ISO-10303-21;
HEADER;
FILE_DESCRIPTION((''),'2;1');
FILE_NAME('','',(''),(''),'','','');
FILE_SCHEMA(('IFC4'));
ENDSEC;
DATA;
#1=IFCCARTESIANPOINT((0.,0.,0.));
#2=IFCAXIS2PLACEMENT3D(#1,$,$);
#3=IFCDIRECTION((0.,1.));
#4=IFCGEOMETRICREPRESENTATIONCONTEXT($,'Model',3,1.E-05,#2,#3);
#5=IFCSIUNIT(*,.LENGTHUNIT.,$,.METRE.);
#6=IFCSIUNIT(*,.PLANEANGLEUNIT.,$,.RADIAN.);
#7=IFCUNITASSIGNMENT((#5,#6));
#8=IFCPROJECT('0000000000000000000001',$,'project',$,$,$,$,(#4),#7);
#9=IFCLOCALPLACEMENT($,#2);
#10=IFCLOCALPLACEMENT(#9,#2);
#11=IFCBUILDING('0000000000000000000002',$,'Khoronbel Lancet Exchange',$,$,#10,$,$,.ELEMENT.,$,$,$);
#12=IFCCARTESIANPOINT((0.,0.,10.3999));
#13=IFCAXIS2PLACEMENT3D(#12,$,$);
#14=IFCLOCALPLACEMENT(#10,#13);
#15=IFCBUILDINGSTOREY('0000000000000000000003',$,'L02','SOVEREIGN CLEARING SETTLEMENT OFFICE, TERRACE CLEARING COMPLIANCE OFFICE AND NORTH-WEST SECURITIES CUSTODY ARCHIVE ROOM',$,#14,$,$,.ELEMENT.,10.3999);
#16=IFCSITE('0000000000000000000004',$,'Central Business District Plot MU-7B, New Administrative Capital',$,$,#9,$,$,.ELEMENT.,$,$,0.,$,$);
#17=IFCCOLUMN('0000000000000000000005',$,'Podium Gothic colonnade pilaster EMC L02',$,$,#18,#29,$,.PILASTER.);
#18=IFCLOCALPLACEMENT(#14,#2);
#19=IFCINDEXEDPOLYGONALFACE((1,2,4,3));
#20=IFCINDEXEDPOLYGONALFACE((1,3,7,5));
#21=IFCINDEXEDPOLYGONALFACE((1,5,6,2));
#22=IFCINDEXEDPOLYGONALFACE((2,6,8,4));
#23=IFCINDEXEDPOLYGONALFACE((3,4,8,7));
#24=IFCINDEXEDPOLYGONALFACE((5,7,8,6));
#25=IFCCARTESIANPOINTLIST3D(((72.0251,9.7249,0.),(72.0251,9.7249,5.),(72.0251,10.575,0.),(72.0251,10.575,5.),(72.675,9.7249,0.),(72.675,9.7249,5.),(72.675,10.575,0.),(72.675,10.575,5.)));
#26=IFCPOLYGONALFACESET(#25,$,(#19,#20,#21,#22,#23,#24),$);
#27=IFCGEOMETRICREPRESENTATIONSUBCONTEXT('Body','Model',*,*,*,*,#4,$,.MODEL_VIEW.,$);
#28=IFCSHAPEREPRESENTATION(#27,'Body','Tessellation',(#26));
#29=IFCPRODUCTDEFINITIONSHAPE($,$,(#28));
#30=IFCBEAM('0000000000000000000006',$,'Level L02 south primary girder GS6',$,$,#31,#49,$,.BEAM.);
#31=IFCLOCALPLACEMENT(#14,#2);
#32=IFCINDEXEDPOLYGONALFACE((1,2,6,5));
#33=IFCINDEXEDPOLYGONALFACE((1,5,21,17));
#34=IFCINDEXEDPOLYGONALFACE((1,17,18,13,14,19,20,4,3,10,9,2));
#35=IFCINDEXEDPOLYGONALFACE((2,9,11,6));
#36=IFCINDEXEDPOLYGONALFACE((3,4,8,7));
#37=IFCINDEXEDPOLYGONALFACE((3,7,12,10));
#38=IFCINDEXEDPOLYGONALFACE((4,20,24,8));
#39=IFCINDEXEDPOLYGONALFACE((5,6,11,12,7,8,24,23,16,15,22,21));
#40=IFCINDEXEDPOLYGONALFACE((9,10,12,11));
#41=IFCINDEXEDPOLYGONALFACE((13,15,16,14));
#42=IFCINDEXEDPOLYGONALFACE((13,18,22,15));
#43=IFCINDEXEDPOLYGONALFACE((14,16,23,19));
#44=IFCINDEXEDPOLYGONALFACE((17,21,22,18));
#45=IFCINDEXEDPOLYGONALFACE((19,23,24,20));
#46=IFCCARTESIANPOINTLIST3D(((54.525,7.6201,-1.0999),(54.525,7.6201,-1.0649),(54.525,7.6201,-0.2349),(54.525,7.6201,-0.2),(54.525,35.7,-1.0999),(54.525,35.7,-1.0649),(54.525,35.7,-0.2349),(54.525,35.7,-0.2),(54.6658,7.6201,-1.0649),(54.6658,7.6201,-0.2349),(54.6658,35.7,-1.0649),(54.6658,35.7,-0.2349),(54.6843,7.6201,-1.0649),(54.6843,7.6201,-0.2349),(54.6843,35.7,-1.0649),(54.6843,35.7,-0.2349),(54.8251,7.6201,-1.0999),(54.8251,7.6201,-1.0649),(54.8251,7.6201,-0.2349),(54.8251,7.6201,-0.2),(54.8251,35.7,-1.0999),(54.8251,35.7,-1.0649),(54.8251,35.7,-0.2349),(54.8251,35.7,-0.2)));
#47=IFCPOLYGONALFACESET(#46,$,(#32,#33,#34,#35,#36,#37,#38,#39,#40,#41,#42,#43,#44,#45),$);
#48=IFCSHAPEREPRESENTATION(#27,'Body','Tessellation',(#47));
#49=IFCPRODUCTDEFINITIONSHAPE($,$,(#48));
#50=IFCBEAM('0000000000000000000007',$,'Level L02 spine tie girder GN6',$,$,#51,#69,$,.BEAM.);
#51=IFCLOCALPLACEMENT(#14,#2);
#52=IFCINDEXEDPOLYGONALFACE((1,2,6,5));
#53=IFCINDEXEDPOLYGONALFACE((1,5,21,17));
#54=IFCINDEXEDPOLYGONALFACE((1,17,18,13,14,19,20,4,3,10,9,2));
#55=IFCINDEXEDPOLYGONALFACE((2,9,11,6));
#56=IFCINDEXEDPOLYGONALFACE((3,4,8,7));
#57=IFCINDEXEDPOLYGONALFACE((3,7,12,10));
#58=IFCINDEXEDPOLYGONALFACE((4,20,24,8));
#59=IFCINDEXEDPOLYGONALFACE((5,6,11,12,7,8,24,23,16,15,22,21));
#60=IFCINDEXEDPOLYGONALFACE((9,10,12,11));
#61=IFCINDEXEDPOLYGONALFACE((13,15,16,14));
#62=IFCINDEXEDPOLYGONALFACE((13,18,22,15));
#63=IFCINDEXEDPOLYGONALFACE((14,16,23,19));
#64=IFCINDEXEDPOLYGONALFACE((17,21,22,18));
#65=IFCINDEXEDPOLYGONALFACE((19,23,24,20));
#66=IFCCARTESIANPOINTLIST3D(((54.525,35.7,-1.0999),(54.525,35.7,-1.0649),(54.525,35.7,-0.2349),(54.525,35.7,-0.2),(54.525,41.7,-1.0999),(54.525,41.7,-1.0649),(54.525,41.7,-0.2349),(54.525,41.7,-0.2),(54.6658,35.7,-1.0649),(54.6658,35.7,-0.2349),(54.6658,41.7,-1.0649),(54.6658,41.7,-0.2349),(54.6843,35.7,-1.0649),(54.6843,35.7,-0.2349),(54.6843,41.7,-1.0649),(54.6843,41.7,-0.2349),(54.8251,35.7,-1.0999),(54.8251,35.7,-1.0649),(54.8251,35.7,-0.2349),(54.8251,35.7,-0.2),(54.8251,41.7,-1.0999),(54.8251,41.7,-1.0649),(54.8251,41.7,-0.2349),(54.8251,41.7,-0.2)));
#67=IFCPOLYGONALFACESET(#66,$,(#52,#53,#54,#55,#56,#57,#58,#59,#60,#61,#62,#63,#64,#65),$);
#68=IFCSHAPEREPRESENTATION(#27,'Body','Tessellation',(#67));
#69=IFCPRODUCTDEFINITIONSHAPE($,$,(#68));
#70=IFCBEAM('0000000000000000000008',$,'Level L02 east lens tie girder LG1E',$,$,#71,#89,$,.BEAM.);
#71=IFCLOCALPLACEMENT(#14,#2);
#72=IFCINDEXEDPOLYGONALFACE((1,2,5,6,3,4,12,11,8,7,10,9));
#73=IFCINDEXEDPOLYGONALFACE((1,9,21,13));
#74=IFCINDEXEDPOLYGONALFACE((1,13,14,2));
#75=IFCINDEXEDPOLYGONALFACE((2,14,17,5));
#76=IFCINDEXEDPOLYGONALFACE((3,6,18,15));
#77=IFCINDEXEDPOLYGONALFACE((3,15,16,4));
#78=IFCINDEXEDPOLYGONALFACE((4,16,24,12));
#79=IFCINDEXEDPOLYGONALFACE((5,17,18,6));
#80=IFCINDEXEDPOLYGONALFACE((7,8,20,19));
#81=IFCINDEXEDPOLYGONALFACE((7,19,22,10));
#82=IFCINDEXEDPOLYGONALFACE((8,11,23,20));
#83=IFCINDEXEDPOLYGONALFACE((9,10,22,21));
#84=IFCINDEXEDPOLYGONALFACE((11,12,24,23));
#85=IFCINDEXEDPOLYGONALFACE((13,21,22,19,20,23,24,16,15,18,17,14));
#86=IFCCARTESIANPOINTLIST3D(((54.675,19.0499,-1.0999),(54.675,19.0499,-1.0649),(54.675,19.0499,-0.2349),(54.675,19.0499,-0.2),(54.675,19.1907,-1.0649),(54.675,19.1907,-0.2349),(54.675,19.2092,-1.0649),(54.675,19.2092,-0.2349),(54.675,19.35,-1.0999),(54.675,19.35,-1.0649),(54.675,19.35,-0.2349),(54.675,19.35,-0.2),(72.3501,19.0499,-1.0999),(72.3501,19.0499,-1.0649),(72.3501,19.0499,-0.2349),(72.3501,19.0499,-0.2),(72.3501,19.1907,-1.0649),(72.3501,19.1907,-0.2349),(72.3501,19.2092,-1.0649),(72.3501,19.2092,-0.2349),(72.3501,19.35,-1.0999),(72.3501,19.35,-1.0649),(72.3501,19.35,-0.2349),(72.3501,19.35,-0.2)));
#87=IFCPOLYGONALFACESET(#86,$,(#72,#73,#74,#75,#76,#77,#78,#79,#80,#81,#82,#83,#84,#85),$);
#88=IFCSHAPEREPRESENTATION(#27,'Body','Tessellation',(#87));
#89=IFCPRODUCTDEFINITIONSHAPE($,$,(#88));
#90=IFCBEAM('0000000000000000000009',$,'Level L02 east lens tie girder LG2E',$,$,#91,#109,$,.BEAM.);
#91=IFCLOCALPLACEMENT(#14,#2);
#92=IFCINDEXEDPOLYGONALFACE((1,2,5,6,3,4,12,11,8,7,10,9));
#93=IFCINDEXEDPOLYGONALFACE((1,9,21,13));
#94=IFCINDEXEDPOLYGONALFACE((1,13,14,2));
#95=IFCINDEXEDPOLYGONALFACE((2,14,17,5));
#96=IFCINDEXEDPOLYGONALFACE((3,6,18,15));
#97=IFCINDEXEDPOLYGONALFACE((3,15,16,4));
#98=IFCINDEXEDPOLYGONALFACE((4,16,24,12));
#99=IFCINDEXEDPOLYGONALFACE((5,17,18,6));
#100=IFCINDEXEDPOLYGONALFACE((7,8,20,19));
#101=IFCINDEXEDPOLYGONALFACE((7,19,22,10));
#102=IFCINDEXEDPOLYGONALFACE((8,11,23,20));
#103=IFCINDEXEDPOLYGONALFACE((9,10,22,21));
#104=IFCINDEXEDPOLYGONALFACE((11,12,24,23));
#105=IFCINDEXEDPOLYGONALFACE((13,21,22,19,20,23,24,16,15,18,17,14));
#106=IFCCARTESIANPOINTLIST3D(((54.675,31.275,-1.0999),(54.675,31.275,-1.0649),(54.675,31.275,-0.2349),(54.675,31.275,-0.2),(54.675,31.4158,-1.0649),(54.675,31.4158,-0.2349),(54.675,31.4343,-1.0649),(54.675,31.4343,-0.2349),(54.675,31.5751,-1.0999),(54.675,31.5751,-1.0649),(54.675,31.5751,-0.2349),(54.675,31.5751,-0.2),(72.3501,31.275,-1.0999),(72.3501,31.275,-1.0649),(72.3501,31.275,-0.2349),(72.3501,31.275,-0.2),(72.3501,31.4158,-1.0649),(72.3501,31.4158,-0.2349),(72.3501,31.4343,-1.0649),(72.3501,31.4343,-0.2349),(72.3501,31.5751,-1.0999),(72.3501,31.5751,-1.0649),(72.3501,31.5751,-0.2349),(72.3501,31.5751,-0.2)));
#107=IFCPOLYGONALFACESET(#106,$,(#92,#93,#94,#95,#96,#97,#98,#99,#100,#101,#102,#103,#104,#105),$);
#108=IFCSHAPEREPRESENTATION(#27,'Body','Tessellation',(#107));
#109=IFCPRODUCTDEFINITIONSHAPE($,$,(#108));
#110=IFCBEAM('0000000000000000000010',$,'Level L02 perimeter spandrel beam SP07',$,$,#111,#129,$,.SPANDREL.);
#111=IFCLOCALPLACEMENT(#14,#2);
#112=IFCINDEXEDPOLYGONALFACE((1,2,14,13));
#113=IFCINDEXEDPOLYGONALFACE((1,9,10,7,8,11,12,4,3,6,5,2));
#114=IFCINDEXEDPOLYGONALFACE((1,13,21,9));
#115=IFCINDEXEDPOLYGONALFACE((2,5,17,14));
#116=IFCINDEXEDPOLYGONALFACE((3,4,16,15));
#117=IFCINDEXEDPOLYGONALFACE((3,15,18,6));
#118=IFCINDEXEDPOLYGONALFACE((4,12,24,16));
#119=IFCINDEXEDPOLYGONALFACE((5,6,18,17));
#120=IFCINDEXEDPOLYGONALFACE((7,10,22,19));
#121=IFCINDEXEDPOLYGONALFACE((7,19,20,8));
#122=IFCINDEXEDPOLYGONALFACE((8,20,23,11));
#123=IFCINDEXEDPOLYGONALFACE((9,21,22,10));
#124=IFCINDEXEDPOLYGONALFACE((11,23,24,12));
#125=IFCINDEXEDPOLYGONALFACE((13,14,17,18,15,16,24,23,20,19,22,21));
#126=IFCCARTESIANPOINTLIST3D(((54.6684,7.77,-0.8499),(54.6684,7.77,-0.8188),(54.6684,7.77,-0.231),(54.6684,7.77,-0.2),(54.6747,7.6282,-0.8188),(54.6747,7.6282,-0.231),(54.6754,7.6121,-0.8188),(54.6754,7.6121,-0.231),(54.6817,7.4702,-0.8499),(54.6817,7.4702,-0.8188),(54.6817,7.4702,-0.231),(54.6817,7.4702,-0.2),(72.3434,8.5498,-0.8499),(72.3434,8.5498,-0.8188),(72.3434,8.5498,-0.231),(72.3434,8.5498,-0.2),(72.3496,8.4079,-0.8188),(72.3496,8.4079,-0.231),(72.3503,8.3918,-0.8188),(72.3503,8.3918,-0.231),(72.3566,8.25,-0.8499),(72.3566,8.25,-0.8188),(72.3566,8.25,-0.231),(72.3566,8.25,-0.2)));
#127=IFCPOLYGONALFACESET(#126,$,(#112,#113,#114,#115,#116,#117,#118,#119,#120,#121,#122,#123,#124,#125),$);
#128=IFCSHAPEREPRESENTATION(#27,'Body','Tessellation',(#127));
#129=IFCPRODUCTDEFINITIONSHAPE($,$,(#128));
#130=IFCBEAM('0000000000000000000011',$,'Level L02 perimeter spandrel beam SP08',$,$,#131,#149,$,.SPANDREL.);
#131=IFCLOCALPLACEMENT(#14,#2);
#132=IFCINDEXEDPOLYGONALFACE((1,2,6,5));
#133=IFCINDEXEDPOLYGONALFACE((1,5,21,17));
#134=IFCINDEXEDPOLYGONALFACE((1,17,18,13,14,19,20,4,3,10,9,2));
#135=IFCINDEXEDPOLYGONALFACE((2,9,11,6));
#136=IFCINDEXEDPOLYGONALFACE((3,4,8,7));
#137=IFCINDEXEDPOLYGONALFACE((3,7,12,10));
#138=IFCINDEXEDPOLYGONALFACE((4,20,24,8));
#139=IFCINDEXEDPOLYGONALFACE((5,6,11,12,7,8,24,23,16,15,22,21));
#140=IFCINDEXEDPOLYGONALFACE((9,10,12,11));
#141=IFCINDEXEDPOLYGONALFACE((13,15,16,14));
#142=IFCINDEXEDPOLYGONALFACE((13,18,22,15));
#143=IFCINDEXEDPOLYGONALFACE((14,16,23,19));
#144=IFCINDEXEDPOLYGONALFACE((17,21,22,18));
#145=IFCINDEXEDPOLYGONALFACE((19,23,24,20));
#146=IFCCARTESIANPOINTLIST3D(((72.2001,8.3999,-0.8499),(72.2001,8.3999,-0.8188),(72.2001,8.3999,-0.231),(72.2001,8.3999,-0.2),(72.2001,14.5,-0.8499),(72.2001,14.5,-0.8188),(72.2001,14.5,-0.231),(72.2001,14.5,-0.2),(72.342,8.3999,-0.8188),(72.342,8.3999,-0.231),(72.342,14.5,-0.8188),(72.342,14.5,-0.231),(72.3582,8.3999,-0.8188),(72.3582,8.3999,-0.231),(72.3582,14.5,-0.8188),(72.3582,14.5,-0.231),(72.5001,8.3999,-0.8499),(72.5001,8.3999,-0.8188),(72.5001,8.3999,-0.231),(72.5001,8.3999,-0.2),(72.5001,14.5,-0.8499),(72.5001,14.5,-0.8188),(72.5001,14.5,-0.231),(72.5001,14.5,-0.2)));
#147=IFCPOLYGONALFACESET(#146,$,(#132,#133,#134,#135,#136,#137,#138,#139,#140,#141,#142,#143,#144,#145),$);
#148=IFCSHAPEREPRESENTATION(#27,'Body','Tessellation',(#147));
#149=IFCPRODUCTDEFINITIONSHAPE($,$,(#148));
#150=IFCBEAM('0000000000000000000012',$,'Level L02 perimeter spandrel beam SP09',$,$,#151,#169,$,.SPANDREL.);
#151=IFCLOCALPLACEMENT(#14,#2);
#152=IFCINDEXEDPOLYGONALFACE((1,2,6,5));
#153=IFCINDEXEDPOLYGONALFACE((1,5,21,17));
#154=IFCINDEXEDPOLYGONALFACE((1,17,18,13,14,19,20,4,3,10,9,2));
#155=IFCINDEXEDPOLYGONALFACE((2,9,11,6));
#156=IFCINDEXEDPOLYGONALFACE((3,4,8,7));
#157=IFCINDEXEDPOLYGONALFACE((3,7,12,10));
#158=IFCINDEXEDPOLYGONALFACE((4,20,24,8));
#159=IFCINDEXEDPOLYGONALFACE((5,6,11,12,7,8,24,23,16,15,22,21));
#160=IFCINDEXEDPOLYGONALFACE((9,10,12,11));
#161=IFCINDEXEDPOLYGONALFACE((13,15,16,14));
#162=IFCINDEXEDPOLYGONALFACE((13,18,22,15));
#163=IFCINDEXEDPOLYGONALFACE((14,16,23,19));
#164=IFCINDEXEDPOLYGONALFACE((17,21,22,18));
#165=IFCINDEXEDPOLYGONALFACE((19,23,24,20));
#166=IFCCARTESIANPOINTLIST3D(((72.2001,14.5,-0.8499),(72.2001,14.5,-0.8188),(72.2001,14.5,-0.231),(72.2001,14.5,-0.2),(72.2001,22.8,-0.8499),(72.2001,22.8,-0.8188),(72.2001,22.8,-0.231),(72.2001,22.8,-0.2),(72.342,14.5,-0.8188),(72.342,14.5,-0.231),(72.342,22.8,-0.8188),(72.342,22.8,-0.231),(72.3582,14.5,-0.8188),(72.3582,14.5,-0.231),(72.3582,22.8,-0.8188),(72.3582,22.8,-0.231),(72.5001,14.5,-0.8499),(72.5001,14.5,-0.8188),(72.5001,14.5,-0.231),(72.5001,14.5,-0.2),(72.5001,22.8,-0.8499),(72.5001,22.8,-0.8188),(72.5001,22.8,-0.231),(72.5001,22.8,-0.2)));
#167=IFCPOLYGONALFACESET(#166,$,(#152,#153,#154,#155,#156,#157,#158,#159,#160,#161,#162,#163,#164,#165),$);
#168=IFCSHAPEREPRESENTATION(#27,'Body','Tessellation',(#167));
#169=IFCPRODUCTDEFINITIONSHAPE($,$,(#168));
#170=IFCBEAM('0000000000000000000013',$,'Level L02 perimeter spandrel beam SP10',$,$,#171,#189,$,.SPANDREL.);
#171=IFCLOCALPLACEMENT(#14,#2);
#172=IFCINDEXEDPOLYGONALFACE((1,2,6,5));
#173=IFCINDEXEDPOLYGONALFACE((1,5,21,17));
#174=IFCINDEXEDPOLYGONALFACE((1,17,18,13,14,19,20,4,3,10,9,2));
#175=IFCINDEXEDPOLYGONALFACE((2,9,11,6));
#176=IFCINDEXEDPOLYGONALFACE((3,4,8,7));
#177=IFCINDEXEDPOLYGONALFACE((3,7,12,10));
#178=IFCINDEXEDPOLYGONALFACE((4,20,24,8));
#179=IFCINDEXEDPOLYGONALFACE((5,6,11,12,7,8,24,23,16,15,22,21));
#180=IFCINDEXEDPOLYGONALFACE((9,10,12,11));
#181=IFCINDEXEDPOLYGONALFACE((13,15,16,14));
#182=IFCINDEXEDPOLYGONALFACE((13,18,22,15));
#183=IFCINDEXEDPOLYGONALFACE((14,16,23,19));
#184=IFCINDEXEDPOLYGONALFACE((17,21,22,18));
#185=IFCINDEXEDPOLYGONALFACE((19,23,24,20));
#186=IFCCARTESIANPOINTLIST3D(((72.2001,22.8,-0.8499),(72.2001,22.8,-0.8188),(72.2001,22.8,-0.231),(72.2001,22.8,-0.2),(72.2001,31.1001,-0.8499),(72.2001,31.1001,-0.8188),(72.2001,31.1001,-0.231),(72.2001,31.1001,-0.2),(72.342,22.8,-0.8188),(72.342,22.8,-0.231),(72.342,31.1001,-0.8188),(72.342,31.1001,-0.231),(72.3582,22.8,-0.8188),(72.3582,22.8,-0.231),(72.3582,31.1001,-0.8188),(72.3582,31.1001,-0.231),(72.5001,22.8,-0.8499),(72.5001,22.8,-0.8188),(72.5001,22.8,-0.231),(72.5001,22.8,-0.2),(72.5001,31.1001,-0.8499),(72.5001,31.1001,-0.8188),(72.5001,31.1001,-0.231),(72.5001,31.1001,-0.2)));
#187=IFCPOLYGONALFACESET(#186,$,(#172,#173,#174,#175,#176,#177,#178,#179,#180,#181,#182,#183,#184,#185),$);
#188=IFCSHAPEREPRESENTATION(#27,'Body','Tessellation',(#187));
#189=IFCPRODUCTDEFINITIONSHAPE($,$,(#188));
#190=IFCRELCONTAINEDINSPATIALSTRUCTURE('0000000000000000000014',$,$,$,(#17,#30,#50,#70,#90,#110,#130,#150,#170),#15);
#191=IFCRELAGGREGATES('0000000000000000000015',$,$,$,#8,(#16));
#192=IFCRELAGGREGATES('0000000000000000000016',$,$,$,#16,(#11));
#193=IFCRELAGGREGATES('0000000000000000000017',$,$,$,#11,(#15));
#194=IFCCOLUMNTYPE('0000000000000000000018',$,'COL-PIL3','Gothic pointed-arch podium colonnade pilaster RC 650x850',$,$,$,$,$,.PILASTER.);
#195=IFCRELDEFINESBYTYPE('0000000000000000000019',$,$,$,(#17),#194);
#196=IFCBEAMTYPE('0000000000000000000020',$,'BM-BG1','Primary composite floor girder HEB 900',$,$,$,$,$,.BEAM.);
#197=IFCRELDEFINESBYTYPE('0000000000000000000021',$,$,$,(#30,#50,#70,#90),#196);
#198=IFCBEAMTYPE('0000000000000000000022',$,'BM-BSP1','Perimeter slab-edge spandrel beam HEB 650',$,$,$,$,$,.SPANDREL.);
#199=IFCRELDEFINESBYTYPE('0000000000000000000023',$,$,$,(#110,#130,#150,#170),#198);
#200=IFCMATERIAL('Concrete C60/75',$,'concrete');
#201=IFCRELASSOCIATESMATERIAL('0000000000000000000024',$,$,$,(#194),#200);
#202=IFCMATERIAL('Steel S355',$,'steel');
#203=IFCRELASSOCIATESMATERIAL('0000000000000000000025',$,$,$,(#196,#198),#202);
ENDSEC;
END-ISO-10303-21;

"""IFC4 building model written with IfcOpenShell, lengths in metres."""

from ifc_helpers import new_model, si_unit, direction, frame, origin, origin_2d, place, context, subcontext, project, spatial, rectangle, i_section, extrude, material, material_profile, profile_set, type_object, element, save


model = new_model("IFC4")

# Units and contexts
model_context = context("Model", 3, precision=1e-05, world=origin(), true_north=direction((0.0, 1.0)))
body_context = subcontext(model_context, "Body", "Model", "MODEL_VIEW")
ifc_project = project(units=[si_unit("LENGTHUNIT", "METRE"), si_unit("PLANEANGLEUNIT", "RADIAN")], contexts=[model_context])

# Site, building, storey
site_placement = place(None, origin())
site = spatial("IfcSite", under=ifc_project, at=site_placement, Name="Central Business District Plot MU-7B, New Administrative Capital", CompositionType="ELEMENT", RefElevation=0.0)
building_placement = place(site_placement, origin())
building = spatial("IfcBuilding", under=site, at=building_placement, Name="Khoronbel Lancet Exchange", CompositionType="ELEMENT")
storey_placement = place(building_placement, frame((0.0, 0.0, 10.3999)))
storey = spatial("IfcBuildingStorey", under=building, at=storey_placement, Name="L02", Description="SOVEREIGN CLEARING SETTLEMENT OFFICE, TERRACE CLEARING COMPLIANCE OFFICE AND NORTH-WEST SECURITIES CUSTODY ARCHIVE ROOM", CompositionType="ELEMENT", Elevation=10.3999)

# Column
ifc_material_1 = material(Name="Steel S355", Category="steel")
ifc_material_2 = material(Name="Concrete C60/75", Category="concrete")
ifc_material_profile_1 = material_profile(ifc_material_2, rectangle(XDim=0.6499, YDim=0.8501, at=origin_2d()), Name="RC 650x850")
ifc_profile_set_1 = profile_set([ifc_material_profile_1], Name="Concrete C60/75")
column_type_1 = type_object("IfcColumnType", Name="COL-PIL3", Description="Gothic pointed-arch podium colonnade pilaster RC 650x850", PredefinedType="PILASTER", material=ifc_profile_set_1)
column_1_placement = place(storey_placement, frame((72.3501, 10.1499, 0.0), z_axis=(0.0, 0.0, 1.0), x_axis=(1.0, 0.0, 0.0)))
element("IfcColumn", 1, at=column_1_placement, inside=storey, type_object=column_type_1, Name="Podium Gothic colonnade pilaster EMC L02", PredefinedType="PILASTER", context=body_context, shape_type="SweptSolid", body=[
    extrude(rectangle(XDim=0.6499, YDim=0.8501, at=origin_2d()), origin(), (0.0, 0.0, 1.0), 5.0),
])

# Beams
ifc_material_profile_2 = material_profile(ifc_material_1, i_section(OverallWidth=0.3, OverallDepth=0.8999, WebThickness=0.0186, FlangeThickness=0.0349, at=origin_2d()), Name="HEB 900")
ifc_profile_set_2 = profile_set([ifc_material_profile_2], Name="Steel S355")
beam_type_1 = type_object("IfcBeamType", Name="BM-BG1", Description="Primary composite floor girder HEB 900", PredefinedType="BEAM", material=ifc_profile_set_2)
beam_1_placement = place(storey_placement, frame((54.675, 7.6201, -0.6499), z_axis=(0.0, 1.0, 0.0), x_axis=(-1.0, 0.0, 0.0)))
element("IfcBeam", 2, at=beam_1_placement, inside=storey, type_object=beam_type_1, Name="Level L02 south primary girder GS6", PredefinedType="BEAM", context=body_context, shape_type="SweptSolid", body=[
    extrude(i_section(OverallWidth=0.3, OverallDepth=0.8999, WebThickness=0.0186, FlangeThickness=0.0349, at=origin_2d()), origin(), (0.0, 0.0, 1.0), 28.0798),
])
beam_2_placement = place(storey_placement, frame((54.675, 35.7, -0.6499), z_axis=(0.0, 1.0, 0.0), x_axis=(-1.0, 0.0, 0.0)))
element("IfcBeam", 3, at=beam_2_placement, inside=storey, type_object=beam_type_1, Name="Level L02 spine tie girder GN6", PredefinedType="BEAM", context=body_context, shape_type="SweptSolid", body=[
    extrude(i_section(OverallWidth=0.3, OverallDepth=0.8999, WebThickness=0.0186, FlangeThickness=0.0349, at=origin_2d()), origin(), (0.0, 0.0, 1.0), 6.0),
])
for number, where, z_axis, x_axis, name in (
    (4, (54.675, 19.2, -0.6499), (1.0, 0.0, 0.0), (0.0, 1.0, 0.0), "Level L02 east lens tie girder LG1E"),
    (5, (54.675, 31.425, -0.6499), (1.0, 0.0, 0.0), (0.0, 1.0, 0.0), "Level L02 east lens tie girder LG2E"),
):
    element("IfcBeam", number, at=place(storey_placement, frame(where, z_axis=z_axis, x_axis=x_axis)), inside=storey, type_object=beam_type_1, Name=name, PredefinedType="BEAM", context=body_context, shape_type="SweptSolid", body=[
        extrude(i_section(OverallWidth=0.3, OverallDepth=0.8999, WebThickness=0.0186, FlangeThickness=0.0349, at=origin_2d()), origin(), (0.0, 0.0, 1.0), 17.675),
    ])
ifc_material_profile_3 = material_profile(ifc_material_1, i_section(OverallWidth=0.3, OverallDepth=0.6499, WebThickness=0.0161, FlangeThickness=0.031, at=origin_2d()), Name="HEB 650")
ifc_profile_set_3 = profile_set([ifc_material_profile_3], Name="Steel S355")
beam_type_2 = type_object("IfcBeamType", Name="BM-BSP1", Description="Perimeter slab-edge spandrel beam HEB 650", PredefinedType="SPANDREL", material=ifc_profile_set_3)
beam_3_placement = place(storey_placement, frame((54.675, 7.6201, -0.5249), z_axis=(0.999028, 0.044075, 0.0), x_axis=(-0.044075, 0.999028, 0.0)))
element("IfcBeam", 6, at=beam_3_placement, inside=storey, type_object=beam_type_2, Name="Level L02 perimeter spandrel beam SP07", PredefinedType="SPANDREL", context=body_context, shape_type="SweptSolid", body=[
    extrude(i_section(OverallWidth=0.3, OverallDepth=0.6499, WebThickness=0.0161, FlangeThickness=0.031, at=origin_2d()), origin(), (0.0, 0.0, 1.0), 17.6921),
])
beam_4_placement = place(storey_placement, frame((72.3501, 8.3999, -0.5249), z_axis=(0.0, 1.0, 0.0), x_axis=(-1.0, 0.0, 0.0)))
element("IfcBeam", 7, at=beam_4_placement, inside=storey, type_object=beam_type_2, Name="Level L02 perimeter spandrel beam SP08", PredefinedType="SPANDREL", context=body_context, shape_type="SweptSolid", body=[
    extrude(i_section(OverallWidth=0.3, OverallDepth=0.6499, WebThickness=0.0161, FlangeThickness=0.031, at=origin_2d()), origin(), (0.0, 0.0, 1.0), 6.1001),
])
for number, where, z_axis, x_axis, name in (
    (8, (72.3501, 14.5, -0.5249), (0.0, 1.0, 0.0), (-1.0, 0.0, 0.0), "Level L02 perimeter spandrel beam SP09"),
    (9, (72.3501, 22.8, -0.5249), (0.0, 1.0, 0.0), (-1.0, 0.0, 0.0), "Level L02 perimeter spandrel beam SP10"),
):
    element("IfcBeam", number, at=place(storey_placement, frame(where, z_axis=z_axis, x_axis=x_axis)), inside=storey, type_object=beam_type_2, Name=name, PredefinedType="SPANDREL", context=body_context, shape_type="SweptSolid", body=[
        extrude(i_section(OverallWidth=0.3, OverallDepth=0.6499, WebThickness=0.0161, FlangeThickness=0.031, at=origin_2d()), origin(), (0.0, 0.0, 1.0), 8.3),
    ])

save(model, "model.ifc")
